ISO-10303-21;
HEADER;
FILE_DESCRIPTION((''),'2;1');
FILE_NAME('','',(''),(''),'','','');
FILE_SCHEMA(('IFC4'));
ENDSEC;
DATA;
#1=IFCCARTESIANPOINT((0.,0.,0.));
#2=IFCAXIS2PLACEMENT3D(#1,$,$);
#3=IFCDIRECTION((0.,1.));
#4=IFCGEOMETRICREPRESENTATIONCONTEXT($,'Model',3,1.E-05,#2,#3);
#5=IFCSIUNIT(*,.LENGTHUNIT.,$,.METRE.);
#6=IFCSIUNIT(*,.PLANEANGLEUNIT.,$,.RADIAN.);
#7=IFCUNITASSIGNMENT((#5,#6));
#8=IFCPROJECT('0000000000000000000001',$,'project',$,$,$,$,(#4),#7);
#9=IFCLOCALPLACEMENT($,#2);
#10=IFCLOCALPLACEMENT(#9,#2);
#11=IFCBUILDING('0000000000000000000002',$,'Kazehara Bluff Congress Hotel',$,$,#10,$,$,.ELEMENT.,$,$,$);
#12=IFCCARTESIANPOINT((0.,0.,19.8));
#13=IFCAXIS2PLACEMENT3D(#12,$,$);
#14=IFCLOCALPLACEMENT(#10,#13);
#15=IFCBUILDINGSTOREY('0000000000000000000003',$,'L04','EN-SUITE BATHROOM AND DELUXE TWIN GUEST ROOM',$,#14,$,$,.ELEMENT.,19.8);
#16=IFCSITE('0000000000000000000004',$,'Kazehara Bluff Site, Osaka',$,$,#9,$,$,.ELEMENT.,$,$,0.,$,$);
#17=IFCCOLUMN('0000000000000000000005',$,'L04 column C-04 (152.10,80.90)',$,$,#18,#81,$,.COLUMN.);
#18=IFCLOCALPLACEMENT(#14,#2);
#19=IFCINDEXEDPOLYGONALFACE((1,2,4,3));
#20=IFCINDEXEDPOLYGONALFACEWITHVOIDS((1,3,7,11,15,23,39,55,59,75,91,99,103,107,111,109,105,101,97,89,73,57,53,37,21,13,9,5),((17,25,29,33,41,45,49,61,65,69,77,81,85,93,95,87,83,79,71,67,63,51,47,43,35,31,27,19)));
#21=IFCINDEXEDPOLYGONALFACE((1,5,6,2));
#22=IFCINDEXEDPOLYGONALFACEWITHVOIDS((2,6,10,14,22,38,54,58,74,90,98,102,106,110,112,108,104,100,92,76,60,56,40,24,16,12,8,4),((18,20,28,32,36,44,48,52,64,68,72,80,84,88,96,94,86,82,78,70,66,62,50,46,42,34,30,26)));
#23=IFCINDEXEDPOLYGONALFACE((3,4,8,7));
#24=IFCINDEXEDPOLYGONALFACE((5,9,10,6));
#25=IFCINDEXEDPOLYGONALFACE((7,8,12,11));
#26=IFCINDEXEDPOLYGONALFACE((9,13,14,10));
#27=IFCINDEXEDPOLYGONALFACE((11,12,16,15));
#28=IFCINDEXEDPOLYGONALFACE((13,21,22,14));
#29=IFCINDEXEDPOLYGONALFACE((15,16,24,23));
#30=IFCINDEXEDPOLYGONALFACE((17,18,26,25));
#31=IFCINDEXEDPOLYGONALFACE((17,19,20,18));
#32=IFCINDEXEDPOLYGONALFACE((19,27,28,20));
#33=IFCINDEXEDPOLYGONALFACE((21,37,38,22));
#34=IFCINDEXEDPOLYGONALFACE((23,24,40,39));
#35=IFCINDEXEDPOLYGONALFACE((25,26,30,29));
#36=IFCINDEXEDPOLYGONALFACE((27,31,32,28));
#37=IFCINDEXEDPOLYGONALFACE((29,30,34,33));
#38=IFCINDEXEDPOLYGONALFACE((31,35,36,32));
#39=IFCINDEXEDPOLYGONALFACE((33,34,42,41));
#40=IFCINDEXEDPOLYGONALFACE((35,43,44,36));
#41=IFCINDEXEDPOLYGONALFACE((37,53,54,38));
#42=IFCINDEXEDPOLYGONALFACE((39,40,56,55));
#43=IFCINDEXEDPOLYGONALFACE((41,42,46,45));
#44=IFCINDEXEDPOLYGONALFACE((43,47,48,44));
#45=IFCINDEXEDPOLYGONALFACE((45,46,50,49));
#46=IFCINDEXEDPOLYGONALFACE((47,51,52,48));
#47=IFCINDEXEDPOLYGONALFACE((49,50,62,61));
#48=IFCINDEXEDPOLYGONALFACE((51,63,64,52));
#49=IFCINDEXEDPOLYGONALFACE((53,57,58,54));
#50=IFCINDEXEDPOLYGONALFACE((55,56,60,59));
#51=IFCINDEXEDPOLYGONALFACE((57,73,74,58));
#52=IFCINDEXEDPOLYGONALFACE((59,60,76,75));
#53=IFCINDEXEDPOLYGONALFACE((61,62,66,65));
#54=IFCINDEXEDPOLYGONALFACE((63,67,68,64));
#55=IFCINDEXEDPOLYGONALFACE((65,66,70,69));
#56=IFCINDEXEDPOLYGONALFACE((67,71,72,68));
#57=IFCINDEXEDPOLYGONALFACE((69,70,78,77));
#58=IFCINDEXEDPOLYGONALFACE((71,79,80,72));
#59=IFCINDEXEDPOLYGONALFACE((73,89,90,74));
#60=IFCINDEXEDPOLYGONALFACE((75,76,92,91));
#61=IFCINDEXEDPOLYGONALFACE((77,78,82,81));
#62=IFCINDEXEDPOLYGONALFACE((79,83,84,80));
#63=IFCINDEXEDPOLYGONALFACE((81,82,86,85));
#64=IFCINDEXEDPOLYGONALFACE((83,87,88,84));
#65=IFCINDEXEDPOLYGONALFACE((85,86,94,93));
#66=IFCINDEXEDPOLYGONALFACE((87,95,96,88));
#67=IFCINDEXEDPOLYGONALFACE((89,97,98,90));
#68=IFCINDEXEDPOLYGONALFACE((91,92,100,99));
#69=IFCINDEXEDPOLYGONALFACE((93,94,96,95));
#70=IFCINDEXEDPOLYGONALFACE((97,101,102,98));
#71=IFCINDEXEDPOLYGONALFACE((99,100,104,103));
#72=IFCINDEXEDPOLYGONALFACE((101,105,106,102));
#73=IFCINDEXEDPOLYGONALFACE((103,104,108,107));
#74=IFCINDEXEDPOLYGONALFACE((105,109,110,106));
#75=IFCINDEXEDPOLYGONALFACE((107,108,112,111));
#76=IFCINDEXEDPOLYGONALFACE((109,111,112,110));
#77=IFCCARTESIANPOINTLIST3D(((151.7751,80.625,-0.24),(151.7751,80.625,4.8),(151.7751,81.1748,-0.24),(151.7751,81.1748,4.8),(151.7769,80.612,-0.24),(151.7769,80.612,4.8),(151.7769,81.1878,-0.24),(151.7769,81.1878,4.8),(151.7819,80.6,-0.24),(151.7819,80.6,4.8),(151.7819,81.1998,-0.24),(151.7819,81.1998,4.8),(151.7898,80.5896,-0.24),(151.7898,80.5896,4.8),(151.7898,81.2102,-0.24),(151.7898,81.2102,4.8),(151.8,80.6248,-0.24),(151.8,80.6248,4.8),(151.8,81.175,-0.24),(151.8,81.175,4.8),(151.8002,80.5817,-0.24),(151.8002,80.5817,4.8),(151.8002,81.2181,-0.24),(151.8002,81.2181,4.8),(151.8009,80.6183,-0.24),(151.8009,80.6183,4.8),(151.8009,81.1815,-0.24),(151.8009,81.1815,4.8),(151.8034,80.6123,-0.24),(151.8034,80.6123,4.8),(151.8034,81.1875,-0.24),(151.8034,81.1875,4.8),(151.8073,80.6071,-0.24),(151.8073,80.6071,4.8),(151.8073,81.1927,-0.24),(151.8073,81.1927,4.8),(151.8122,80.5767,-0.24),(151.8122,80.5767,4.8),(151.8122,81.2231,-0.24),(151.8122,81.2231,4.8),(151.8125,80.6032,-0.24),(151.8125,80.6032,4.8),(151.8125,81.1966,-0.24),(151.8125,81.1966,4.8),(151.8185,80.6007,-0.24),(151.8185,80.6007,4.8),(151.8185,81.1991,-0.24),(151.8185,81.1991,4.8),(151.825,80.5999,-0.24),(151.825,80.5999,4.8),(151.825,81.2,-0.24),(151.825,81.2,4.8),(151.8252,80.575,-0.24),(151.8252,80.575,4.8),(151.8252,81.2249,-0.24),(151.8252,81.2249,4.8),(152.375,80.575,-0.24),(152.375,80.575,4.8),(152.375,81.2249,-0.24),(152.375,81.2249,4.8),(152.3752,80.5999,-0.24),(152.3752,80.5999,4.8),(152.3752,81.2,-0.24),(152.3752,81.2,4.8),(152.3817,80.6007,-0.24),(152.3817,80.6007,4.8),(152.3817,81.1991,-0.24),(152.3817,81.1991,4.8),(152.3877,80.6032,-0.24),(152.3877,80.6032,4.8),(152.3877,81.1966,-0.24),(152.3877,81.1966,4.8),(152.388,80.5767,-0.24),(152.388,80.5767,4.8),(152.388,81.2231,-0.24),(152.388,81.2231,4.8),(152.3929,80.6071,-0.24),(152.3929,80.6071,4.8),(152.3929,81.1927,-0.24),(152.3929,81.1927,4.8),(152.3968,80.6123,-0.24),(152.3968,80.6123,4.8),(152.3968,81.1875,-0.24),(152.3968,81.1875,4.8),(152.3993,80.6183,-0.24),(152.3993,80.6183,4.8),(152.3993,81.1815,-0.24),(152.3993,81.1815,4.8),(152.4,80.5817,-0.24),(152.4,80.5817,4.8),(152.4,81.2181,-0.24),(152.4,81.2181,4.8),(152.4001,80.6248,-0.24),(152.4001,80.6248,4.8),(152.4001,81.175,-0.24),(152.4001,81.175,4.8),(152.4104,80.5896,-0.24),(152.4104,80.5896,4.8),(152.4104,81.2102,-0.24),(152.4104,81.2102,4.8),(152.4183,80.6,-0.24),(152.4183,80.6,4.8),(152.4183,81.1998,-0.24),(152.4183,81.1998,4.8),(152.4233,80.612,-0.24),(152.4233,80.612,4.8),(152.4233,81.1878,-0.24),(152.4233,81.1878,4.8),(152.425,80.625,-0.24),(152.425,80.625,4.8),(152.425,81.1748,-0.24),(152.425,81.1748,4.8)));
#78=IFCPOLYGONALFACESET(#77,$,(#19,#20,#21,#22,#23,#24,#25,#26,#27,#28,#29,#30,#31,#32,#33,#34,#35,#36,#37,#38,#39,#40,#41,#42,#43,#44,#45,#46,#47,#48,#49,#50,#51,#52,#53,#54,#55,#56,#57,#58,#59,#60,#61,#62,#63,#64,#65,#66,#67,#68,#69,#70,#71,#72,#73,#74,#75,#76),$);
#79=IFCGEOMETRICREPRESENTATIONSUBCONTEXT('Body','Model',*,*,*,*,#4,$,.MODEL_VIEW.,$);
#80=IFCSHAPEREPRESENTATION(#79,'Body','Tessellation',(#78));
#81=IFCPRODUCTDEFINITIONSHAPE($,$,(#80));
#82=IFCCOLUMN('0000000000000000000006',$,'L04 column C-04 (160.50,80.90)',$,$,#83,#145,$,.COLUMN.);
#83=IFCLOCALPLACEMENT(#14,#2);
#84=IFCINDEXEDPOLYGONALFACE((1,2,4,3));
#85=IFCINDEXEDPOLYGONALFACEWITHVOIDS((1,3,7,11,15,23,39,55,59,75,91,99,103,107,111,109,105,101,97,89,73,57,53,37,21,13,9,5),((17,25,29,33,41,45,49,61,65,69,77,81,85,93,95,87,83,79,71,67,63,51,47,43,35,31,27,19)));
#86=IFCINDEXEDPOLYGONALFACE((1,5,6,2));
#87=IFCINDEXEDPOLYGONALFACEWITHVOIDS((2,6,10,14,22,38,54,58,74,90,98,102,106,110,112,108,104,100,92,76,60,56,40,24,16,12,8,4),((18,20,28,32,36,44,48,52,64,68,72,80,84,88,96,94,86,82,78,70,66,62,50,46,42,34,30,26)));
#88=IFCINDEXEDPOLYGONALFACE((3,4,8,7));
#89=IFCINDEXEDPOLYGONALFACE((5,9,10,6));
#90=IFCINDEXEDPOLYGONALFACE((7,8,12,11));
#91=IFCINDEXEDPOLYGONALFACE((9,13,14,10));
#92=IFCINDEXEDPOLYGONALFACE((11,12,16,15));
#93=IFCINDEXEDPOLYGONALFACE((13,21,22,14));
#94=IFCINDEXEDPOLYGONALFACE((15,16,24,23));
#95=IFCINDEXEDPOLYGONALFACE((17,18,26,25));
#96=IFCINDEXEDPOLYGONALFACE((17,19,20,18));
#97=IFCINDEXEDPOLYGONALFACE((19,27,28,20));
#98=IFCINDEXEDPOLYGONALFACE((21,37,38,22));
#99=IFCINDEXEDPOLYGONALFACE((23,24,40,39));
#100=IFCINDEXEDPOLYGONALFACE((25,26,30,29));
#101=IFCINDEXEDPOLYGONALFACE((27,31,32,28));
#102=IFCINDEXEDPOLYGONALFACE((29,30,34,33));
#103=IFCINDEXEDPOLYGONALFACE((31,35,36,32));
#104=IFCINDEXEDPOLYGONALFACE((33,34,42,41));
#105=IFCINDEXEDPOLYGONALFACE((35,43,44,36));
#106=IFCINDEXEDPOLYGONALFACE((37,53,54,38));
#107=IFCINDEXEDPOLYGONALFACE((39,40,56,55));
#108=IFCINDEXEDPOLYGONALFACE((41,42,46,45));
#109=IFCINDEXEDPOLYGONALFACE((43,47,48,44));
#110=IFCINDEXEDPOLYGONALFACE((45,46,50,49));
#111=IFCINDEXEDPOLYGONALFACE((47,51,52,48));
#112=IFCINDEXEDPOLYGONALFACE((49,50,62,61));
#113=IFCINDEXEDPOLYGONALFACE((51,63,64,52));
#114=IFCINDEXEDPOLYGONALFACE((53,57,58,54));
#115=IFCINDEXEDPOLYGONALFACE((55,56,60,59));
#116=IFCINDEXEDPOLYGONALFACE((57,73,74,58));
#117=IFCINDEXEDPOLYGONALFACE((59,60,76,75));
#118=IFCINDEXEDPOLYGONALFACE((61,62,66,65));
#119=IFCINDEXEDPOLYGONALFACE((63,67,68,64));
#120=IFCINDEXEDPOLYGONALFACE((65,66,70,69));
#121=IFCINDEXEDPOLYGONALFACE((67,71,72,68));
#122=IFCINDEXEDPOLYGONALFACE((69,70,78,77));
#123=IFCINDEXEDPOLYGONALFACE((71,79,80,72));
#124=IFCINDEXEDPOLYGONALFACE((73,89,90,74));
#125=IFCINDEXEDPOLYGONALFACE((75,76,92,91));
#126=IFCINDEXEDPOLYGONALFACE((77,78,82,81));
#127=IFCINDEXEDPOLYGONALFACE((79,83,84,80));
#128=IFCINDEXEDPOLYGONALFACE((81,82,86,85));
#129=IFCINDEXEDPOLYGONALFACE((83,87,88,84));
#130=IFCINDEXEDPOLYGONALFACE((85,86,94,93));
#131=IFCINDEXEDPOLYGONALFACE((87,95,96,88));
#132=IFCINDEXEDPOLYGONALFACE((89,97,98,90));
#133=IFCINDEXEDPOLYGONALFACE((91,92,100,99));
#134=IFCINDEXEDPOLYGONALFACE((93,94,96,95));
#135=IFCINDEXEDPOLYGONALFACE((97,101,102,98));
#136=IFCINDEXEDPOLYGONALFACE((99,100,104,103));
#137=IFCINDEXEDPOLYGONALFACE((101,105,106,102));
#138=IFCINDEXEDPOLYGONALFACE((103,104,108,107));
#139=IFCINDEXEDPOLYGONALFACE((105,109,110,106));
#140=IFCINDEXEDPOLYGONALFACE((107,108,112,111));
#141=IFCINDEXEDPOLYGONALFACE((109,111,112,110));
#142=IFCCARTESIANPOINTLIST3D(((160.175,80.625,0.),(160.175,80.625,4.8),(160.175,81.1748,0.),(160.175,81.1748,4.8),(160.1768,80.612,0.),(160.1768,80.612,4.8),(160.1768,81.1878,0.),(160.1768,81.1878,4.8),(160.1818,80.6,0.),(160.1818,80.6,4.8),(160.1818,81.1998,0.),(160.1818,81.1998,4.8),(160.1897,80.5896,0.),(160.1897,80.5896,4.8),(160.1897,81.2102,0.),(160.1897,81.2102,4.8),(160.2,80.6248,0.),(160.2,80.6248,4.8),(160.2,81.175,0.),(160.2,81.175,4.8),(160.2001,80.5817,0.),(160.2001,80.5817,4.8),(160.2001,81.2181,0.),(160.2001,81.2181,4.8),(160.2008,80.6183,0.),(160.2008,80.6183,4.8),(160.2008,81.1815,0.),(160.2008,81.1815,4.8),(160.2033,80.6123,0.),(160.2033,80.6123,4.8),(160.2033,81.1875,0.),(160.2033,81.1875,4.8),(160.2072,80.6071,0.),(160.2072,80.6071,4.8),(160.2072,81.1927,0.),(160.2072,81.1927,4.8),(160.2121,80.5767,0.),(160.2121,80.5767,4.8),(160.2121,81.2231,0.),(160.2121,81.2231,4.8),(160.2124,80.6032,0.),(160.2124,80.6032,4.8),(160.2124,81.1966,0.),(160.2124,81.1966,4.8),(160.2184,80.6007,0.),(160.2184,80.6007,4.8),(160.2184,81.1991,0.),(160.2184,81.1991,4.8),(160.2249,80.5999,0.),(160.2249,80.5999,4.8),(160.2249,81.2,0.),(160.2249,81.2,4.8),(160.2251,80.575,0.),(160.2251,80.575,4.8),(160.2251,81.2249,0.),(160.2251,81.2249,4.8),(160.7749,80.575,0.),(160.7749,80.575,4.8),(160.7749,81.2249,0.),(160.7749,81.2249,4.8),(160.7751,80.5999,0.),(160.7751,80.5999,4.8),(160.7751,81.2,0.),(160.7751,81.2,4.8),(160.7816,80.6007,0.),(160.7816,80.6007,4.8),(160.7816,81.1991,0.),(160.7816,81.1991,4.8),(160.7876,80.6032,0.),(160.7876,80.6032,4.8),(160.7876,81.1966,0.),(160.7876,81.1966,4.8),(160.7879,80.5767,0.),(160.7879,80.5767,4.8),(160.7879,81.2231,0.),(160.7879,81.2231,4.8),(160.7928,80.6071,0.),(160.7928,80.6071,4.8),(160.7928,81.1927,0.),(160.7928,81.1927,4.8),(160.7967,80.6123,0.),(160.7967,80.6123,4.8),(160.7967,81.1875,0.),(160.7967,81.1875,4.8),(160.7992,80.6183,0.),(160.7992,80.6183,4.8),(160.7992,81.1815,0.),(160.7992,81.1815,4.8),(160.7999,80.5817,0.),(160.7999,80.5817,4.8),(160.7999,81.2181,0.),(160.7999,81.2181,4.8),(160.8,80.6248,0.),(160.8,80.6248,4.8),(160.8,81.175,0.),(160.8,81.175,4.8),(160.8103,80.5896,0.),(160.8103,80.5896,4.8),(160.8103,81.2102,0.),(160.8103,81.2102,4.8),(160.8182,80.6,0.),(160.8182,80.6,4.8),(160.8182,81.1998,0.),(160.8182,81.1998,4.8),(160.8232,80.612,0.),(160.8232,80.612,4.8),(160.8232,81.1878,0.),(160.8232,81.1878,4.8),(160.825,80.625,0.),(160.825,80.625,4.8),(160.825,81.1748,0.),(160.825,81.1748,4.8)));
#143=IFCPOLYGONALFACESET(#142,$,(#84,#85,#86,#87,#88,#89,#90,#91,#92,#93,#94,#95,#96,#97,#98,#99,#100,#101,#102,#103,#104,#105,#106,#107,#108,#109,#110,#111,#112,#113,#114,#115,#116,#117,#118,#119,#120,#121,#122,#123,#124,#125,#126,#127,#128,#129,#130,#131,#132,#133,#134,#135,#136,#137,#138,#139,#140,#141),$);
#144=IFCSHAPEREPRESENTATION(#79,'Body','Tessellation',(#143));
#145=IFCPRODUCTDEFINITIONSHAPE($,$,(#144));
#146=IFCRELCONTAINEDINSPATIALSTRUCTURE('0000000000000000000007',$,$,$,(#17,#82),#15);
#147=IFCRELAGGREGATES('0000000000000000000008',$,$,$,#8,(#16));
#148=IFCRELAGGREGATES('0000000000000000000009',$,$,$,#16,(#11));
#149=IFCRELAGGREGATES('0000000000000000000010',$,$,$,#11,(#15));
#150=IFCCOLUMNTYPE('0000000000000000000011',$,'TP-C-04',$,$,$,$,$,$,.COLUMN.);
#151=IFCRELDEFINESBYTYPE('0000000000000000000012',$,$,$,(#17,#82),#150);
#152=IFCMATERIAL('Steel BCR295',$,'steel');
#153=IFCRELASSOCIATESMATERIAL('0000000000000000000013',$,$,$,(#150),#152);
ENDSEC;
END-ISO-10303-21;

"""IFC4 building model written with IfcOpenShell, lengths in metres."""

from ifc_helpers import new_model, si_unit, direction, frame, origin, origin_2d, place, context, subcontext, project, spatial, hollow_rectangle, extrude, material, material_profile, profile_set, type_object, element, save


model = new_model("IFC4")

# Units and contexts
model_context = context("Model", 3, precision=1e-05, world=origin(), true_north=direction((0.0, 1.0)))
body_context = subcontext(model_context, "Body", "Model", "MODEL_VIEW")
ifc_project = project(units=[si_unit("LENGTHUNIT", "METRE"), si_unit("PLANEANGLEUNIT", "RADIAN")], contexts=[model_context])

# Site, building, storey
site_placement = place(None, origin())
site = spatial("IfcSite", under=ifc_project, at=site_placement, Name="Kazehara Bluff Site, Osaka", CompositionType="ELEMENT", RefElevation=0.0)
building_placement = place(site_placement, origin())
building = spatial("IfcBuilding", under=site, at=building_placement, Name="Kazehara Bluff Congress Hotel", CompositionType="ELEMENT")
storey_placement = place(building_placement, frame((0.0, 0.0, 19.8)))
storey = spatial("IfcBuildingStorey", under=building, at=storey_placement, Name="L04", Description="EN-SUITE BATHROOM AND DELUXE TWIN GUEST ROOM", CompositionType="ELEMENT", Elevation=19.8)

# Columns
ifc_material_1 = material(Name="Steel BCR295", Category="steel")
ifc_material_profile_1 = material_profile(ifc_material_1, hollow_rectangle(XDim=0.6499, YDim=0.6499, WallThickness=0.0249, InnerFilletRadius=0.0249, OuterFilletRadius=0.05, at=origin_2d()))
ifc_profile_set_1 = profile_set([ifc_material_profile_1], Name="Steel BCR295")
column_type = type_object("IfcColumnType", Name="TP-C-04", PredefinedType="COLUMN", material=ifc_profile_set_1)
column_placement = place(storey_placement, frame((152.1001, 80.8999, -0.24), z_axis=(0.0, 0.0, 1.0), x_axis=(1.0, 0.0, 0.0)))
element("IfcColumn", 1, at=column_placement, inside=storey, type_object=column_type, Name="L04 column C-04 (152.10,80.90)", PredefinedType="COLUMN", context=body_context, shape_type="SweptSolid", body=[
    extrude(hollow_rectangle(XDim=0.6499, YDim=0.6499, WallThickness=0.0249, InnerFilletRadius=0.0249, OuterFilletRadius=0.05, at=origin_2d()), origin(), (0.0, 0.0, 1.0), 5.04),
])
for number, where, z_axis, x_axis, name in (
    (2, (160.5, 80.8999, 0.0), (0.0, 0.0, 1.0), (1.0, 0.0, 0.0), "L04 column C-04 (160.50,80.90)"),
):
    element("IfcColumn", number, at=place(storey_placement, frame(where, z_axis=z_axis, x_axis=x_axis)), inside=storey, type_object=column_type, Name=name, PredefinedType="COLUMN", context=body_context, shape_type="SweptSolid", body=[
        extrude(hollow_rectangle(XDim=0.6499, YDim=0.6499, WallThickness=0.0249, InnerFilletRadius=0.0249, OuterFilletRadius=0.05, at=origin_2d()), origin(), (0.0, 0.0, 1.0), 4.8),
    ])

save(model, "model.ifc")
